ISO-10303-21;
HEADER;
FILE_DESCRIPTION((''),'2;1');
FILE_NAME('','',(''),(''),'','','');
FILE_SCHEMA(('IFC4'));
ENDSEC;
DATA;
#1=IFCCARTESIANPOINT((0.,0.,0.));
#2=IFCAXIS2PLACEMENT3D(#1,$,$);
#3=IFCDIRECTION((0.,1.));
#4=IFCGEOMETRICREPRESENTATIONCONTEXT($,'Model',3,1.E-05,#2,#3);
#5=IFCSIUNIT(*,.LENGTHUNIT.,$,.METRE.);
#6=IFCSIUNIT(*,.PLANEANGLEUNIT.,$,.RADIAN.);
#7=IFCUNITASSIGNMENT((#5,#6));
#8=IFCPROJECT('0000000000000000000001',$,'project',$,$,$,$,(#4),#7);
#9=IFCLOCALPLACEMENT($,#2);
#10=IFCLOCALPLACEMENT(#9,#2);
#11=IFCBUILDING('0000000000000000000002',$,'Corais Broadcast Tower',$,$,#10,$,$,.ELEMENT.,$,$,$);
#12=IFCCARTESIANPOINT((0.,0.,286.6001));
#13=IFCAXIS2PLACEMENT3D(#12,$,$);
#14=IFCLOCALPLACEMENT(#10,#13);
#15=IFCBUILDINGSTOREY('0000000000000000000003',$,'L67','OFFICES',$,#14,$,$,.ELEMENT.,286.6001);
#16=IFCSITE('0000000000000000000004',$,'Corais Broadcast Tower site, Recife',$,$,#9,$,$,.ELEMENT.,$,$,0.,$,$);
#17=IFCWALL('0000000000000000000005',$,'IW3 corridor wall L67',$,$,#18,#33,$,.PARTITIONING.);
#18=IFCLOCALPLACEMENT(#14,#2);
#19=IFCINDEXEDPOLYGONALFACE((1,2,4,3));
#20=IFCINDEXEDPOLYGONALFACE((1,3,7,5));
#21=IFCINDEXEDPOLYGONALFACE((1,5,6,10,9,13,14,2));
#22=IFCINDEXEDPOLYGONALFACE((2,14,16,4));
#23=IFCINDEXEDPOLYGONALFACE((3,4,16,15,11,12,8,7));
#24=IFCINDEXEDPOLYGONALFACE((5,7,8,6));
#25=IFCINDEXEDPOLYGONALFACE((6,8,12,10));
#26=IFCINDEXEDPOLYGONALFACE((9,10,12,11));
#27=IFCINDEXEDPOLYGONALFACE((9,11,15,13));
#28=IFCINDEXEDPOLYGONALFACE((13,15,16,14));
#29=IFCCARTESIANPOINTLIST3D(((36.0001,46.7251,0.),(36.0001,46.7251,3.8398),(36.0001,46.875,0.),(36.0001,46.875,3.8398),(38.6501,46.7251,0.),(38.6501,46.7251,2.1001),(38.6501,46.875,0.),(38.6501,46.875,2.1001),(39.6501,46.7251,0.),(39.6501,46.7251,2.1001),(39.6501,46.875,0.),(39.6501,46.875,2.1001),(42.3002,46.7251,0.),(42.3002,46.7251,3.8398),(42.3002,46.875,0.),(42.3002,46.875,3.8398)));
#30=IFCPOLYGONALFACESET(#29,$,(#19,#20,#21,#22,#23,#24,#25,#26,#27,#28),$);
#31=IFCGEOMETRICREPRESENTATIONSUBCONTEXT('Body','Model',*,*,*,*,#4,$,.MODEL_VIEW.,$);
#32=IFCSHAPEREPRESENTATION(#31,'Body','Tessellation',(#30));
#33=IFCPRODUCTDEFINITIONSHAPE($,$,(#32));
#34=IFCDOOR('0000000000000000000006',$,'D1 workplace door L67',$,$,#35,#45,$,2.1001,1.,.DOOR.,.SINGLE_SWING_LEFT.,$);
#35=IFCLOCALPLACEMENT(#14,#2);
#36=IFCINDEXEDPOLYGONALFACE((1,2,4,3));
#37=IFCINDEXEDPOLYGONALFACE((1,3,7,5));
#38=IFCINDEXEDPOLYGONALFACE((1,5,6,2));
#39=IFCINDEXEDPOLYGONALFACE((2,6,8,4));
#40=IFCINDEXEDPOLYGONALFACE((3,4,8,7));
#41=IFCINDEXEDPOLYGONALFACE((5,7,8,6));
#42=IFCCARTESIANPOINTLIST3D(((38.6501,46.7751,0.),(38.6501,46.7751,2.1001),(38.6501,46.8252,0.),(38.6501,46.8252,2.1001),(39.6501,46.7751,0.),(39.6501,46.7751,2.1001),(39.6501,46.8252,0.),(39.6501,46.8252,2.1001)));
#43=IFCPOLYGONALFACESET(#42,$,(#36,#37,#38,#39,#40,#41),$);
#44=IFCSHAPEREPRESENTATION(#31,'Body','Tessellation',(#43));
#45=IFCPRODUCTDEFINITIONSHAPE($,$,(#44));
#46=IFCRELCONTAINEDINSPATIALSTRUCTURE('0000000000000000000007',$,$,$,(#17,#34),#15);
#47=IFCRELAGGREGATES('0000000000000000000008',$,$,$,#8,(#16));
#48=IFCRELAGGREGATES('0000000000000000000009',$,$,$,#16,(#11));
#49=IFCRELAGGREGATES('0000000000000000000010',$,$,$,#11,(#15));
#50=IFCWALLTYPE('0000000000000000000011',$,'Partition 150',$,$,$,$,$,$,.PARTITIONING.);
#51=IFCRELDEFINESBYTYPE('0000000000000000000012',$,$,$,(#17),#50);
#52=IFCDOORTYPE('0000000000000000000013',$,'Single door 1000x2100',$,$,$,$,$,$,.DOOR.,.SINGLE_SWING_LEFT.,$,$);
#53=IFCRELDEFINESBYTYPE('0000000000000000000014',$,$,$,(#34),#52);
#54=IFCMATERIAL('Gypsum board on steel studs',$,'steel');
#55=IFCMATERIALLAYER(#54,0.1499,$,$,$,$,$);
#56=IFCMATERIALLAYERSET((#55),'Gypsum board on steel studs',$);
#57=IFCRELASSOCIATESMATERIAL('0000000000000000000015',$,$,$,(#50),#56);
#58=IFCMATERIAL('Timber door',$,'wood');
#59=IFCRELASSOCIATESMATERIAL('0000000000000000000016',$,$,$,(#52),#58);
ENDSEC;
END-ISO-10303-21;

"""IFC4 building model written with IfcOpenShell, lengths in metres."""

from ifc_helpers import new_model, si_unit, direction, frame, frame_2d, origin, place, context, subcontext, project, spatial, rectangle, extrude, material, layer, layer_set, type_object, element, fill, save


model = new_model("IFC4")

# Units and contexts
model_context = context("Model", 3, precision=1e-05, world=origin(), true_north=direction((0.0, 1.0)))
body_context = subcontext(model_context, "Body", "Model", "MODEL_VIEW")
ifc_project = project(units=[si_unit("LENGTHUNIT", "METRE"), si_unit("PLANEANGLEUNIT", "RADIAN")], contexts=[model_context])

# Site, building, storey
site_placement = place(None, origin())
site = spatial("IfcSite", under=ifc_project, at=site_placement, Name="Corais Broadcast Tower site, Recife", CompositionType="ELEMENT", RefElevation=0.0)
building_placement = place(site_placement, origin())
building = spatial("IfcBuilding", under=site, at=building_placement, Name="Corais Broadcast Tower", CompositionType="ELEMENT")
storey_placement = place(building_placement, frame((0.0, 0.0, 286.6001)))
storey = spatial("IfcBuildingStorey", under=building, at=storey_placement, Name="L67", Description="OFFICES", CompositionType="ELEMENT", Elevation=286.6001)

# Wall, opening, door
ifc_material_1 = material(Name="Gypsum board on steel studs", Category="steel")
ifc_layer_1 = layer(ifc_material_1, 0.1499)
ifc_layer_set_1 = layer_set([ifc_layer_1], Name="Gypsum board on steel studs")
wall_type = type_object("IfcWallType", Name="Partition 150", PredefinedType="PARTITIONING", material=ifc_layer_set_1)
wall_placement = place(storey_placement, frame((42.3, 46.8, 0.0), z_axis=(0.0, 0.0, 1.0), x_axis=(-1.0, 0.0, 0.0)))
wall = element("IfcWall", 1, at=wall_placement, inside=storey, type_object=wall_type, Name="IW3 corridor wall L67", PredefinedType="PARTITIONING", context=body_context, shape_type="SweptSolid", body=[
    extrude(rectangle(XDim=6.3, YDim=0.1499, at=frame_2d((3.1499, 0.0))), origin(), (0.0, 0.0, 1.0), 3.8398),
])
opening_placement = place(wall_placement, frame((2.6499, 0.0, 0.0)))
opening = element("IfcOpeningElement", 2, at=opening_placement, cuts=wall, PredefinedType="OPENING", context=body_context, shape_type="SweptSolid", body=[
    extrude(rectangle(XDim=1.0, YDim=2.1001, at=frame_2d((0.5, 1.05))), frame((0.0, 0.085, 0.0), z_axis=(0.0, -1.0, 0.0), x_axis=(1.0, 0.0, 0.0)), (0.0, 0.0, 1.0), 0.1699),
])
ifc_material_2 = material(Name="Timber door", Category="wood")
door_type = type_object("IfcDoorType", Name="Single door 1000x2100", OperationType="SINGLE_SWING_LEFT", PredefinedType="DOOR", material=ifc_material_2)
door_placement = place(opening_placement, origin())
door = element("IfcDoor", 3, at=door_placement, inside=storey, type_object=door_type, Name="D1 workplace door L67", OperationType="SINGLE_SWING_LEFT", OverallHeight=2.1001, OverallWidth=1.0, PredefinedType="DOOR", context=body_context, shape_type="SweptSolid", body=[
    extrude(rectangle(XDim=1.0, YDim=2.1001, at=frame_2d((0.5, 1.05))), frame((0.0, 0.0249, 0.0), z_axis=(0.0, -1.0, 0.0), x_axis=(1.0, 0.0, 0.0)), (0.0, 0.0, 1.0), 0.05),
])
fill(opening, door)

save(model, "model.ifc")
